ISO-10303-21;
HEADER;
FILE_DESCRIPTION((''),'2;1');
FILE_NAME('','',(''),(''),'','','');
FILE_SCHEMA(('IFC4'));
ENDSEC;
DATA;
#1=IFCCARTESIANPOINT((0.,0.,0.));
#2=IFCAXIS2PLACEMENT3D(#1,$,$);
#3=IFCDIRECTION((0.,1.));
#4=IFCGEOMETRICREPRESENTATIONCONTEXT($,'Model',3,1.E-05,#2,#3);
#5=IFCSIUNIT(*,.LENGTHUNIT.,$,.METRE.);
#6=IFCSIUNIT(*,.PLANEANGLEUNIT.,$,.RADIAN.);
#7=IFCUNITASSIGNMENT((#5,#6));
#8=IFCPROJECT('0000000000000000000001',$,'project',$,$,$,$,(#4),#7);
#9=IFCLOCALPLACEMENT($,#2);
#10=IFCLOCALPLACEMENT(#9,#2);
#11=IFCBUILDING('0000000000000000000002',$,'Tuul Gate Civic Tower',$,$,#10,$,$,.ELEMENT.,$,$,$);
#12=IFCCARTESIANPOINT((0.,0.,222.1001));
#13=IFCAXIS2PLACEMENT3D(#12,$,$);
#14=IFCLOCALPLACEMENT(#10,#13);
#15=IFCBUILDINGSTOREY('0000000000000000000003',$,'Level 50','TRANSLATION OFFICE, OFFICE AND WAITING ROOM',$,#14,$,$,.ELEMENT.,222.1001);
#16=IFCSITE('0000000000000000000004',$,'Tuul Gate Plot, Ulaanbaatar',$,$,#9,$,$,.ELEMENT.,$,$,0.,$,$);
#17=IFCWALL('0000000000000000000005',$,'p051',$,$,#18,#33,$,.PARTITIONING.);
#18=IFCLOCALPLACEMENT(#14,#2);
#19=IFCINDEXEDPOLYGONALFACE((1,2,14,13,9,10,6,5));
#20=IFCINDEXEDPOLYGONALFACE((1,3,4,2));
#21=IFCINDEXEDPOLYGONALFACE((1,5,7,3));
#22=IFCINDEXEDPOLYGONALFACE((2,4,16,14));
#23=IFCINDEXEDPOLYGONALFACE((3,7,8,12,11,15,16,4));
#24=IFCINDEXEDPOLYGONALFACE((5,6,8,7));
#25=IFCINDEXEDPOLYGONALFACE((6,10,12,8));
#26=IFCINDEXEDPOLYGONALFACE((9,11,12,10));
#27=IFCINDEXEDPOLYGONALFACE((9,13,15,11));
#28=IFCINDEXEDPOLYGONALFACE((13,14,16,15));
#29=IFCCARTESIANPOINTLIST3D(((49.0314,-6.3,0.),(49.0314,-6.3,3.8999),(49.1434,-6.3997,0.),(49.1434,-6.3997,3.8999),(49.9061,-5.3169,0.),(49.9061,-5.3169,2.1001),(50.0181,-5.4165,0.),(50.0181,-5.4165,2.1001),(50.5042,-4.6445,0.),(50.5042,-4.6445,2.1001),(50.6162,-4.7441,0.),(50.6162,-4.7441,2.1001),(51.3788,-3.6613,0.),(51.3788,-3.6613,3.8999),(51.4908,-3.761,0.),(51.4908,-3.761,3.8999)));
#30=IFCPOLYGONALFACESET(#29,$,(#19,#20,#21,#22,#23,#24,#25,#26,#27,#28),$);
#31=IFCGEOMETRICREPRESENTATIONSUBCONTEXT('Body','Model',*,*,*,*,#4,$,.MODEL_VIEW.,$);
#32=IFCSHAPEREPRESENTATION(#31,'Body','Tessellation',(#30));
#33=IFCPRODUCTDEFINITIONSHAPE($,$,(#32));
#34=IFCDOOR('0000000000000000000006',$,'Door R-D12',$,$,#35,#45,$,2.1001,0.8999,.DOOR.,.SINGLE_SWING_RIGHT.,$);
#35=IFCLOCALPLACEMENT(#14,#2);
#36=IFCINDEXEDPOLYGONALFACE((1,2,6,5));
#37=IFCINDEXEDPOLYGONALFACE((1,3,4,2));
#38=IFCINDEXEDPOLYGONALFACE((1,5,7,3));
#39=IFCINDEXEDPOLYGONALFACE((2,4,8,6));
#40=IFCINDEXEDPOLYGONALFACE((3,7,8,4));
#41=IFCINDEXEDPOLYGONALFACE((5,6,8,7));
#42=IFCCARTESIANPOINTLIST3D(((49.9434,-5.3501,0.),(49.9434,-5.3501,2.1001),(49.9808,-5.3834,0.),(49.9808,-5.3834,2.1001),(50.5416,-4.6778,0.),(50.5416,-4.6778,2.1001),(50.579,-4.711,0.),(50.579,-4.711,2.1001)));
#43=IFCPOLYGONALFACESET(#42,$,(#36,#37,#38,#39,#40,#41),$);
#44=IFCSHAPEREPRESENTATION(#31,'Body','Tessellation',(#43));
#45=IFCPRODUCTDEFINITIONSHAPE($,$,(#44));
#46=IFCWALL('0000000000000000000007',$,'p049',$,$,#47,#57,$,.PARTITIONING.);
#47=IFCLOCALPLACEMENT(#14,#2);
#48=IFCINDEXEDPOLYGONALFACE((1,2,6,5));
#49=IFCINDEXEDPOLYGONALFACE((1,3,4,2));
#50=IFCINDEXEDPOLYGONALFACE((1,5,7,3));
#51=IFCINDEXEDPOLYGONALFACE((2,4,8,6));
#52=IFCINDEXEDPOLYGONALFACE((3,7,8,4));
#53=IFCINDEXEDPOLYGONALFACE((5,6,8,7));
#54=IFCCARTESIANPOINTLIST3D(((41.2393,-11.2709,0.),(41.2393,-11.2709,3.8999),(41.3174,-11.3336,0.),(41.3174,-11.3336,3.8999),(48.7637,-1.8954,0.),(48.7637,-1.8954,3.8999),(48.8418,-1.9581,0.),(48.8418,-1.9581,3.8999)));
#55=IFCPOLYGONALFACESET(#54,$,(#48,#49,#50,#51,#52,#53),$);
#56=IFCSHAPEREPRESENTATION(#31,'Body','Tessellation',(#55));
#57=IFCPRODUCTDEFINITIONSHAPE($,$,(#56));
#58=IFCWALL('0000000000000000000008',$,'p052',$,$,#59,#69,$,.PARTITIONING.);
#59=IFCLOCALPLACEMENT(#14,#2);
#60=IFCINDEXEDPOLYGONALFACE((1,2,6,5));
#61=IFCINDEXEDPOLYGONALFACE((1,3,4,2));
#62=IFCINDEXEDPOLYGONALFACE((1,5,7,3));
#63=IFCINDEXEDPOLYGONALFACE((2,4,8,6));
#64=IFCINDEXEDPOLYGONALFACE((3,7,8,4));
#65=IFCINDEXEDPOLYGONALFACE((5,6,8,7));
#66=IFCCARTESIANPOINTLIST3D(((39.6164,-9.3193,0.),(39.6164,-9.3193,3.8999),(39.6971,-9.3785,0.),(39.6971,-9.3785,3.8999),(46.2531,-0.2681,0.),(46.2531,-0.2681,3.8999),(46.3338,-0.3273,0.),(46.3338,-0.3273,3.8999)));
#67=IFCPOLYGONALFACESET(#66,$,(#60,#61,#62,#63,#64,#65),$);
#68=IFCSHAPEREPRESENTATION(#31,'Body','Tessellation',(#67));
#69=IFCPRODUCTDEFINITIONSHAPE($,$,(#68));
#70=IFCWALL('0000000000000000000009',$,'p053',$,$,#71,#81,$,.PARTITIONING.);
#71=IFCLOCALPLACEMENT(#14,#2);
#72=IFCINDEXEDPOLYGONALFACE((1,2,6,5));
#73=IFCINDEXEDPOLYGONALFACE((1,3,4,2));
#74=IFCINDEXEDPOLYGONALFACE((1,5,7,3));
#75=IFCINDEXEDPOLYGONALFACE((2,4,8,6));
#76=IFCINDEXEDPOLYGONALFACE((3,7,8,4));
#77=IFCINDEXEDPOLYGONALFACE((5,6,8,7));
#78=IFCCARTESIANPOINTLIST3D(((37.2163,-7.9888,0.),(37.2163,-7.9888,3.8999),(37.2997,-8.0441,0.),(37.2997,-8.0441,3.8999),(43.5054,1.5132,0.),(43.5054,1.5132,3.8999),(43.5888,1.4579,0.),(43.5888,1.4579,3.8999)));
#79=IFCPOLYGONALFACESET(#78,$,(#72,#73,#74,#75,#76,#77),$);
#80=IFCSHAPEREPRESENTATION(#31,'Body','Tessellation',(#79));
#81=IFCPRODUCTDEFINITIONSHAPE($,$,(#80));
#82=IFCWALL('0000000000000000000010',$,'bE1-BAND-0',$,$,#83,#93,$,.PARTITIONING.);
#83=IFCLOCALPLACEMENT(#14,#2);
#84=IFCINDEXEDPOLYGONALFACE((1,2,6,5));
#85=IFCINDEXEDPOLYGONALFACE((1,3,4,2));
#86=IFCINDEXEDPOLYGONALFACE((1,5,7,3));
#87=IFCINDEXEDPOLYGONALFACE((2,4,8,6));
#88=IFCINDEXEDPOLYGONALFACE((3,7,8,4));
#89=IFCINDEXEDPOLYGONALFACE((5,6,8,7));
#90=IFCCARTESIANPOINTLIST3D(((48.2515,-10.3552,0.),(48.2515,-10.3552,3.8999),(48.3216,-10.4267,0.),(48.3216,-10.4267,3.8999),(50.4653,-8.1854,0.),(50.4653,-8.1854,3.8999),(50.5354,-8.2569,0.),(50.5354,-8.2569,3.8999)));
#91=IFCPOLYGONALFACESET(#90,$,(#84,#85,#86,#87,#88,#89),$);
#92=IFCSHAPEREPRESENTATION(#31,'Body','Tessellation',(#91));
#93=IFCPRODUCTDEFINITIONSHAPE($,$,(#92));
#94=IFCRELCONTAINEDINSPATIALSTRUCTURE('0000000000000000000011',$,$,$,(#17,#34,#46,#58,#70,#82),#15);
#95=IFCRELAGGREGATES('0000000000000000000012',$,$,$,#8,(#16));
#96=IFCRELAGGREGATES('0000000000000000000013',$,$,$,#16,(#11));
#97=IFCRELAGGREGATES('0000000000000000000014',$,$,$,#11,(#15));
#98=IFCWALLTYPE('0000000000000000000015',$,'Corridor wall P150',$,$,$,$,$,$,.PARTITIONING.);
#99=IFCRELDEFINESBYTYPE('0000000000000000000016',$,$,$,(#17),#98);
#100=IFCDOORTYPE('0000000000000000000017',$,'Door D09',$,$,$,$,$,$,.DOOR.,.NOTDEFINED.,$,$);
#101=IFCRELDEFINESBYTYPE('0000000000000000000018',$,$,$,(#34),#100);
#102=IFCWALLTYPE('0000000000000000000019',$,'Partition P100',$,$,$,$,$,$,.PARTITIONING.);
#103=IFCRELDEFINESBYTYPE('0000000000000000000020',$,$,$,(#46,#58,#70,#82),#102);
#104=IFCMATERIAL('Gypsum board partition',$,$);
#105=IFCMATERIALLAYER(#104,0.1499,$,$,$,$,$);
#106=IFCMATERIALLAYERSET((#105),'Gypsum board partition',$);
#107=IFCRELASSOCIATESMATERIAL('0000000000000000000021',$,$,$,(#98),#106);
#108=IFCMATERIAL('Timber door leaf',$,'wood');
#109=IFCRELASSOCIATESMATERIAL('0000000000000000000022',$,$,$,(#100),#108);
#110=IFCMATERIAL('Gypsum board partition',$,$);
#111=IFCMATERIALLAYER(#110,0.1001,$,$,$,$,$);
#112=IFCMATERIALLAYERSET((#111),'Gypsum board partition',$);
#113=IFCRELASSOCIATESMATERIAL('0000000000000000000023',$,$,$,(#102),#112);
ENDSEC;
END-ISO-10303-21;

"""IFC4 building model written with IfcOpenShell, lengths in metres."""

from ifc_helpers import new_model, si_unit, direction, frame, frame_2d, origin, place, context, subcontext, project, spatial, rectangle, extrude, material, layer, layer_set, type_object, element, fill, save


model = new_model("IFC4")

# Units and contexts
model_context = context("Model", 3, precision=1e-05, world=origin(), true_north=direction((0.0, 1.0)))
body_context = subcontext(model_context, "Body", "Model", "MODEL_VIEW")
ifc_project = project(units=[si_unit("LENGTHUNIT", "METRE"), si_unit("PLANEANGLEUNIT", "RADIAN")], contexts=[model_context])

# Site, building, storey
site_placement = place(None, origin())
site = spatial("IfcSite", under=ifc_project, at=site_placement, Name="Tuul Gate Plot, Ulaanbaatar", CompositionType="ELEMENT", RefElevation=0.0)
building_placement = place(site_placement, origin())
building = spatial("IfcBuilding", under=site, at=building_placement, Name="Tuul Gate Civic Tower", CompositionType="ELEMENT")
storey_placement = place(building_placement, frame((0.0, 0.0, 222.1001)))
storey = spatial("IfcBuildingStorey", under=building, at=storey_placement, Name="Level 50", Description="TRANSLATION OFFICE, OFFICE AND WAITING ROOM", CompositionType="ELEMENT", Elevation=222.1001)

# Shared definitions
ifc_material_1 = material(Name="Gypsum board partition")
ifc_layer_1 = layer(ifc_material_1, 0.1499)
ifc_layer_set_1 = layer_set([ifc_layer_1], Name="Gypsum board partition")
wall_type_1 = type_object("IfcWallType", Name="Corridor wall P150", PredefinedType="PARTITIONING", material=ifc_layer_set_1)

# Shared definitions
ifc_material_2 = material(Name="Timber door leaf", Category="wood")
door_type_1 = type_object("IfcDoorType", Name="Door D09", OperationType="NOTDEFINED", PredefinedType="DOOR", material=ifc_material_2)

# Wall, opening, door
wall_1_placement = place(storey_placement, frame((49.0874, -6.3499, 0.0), z_axis=(0.0, 0.0, 1.0), x_axis=(0.664668, 0.747138, 0.0)))
wall_1 = element("IfcWall", 1, at=wall_1_placement, inside=storey, type_object=wall_type_1, Name="p051", PredefinedType="PARTITIONING", context=body_context, shape_type="SweptSolid", body=[
    extrude(rectangle(XDim=3.5317, YDim=0.1499, at=frame_2d((1.7659, 0.0))), origin(), (0.0, 0.0, 1.0), 3.8999),
])
opening_1_placement = place(wall_1_placement, frame((1.3159, 0.0, 0.0)))
opening_1 = element("IfcOpeningElement", 2, at=opening_1_placement, cuts=wall_1, PredefinedType="OPENING", context=body_context, shape_type="SweptSolid", body=[
    extrude(rectangle(XDim=0.8999, YDim=2.1001, at=frame_2d((0.45, 1.05))), frame((0.0, 0.085, 0.0), z_axis=(0.0, -1.0, 0.0), x_axis=(1.0, 0.0, 0.0)), (0.0, 0.0, 1.0), 0.1699),
])
door_1_placement = place(opening_1_placement, origin())
door_1 = element("IfcDoor", 3, at=door_1_placement, inside=storey, type_object=door_type_1, Name="Door R-D12", OperationType="SINGLE_SWING_RIGHT", OverallHeight=2.1001, OverallWidth=0.8999, PredefinedType="DOOR", context=body_context, shape_type="SweptSolid", body=[
    extrude(rectangle(XDim=0.8999, YDim=2.1001, at=frame_2d((0.45, 1.05))), frame((0.0, 0.0249, 0.0), z_axis=(0.0, -1.0, 0.0), x_axis=(1.0, 0.0, 0.0)), (0.0, 0.0, 1.0), 0.05),
])
fill(opening_1, door_1)

# Walls
ifc_material_3 = material(Name="Gypsum board partition")
ifc_layer_2 = layer(ifc_material_3, 0.1001)
ifc_layer_set_2 = layer_set([ifc_layer_2], Name="Gypsum board partition")
wall_type_2 = type_object("IfcWallType", Name="Partition P100", PredefinedType="PARTITIONING", material=ifc_layer_set_2)
wall_2_placement = place(storey_placement, frame((41.2783, -11.3022, 0.0), z_axis=(0.0, 0.0, 1.0), x_axis=(0.625913, 0.779893, 0.0)))
element("IfcWall", 4, at=wall_2_placement, inside=storey, type_object=wall_type_2, Name="p049", PredefinedType="PARTITIONING", context=body_context, shape_type="SweptSolid", body=[
    extrude(rectangle(XDim=12.0215, YDim=0.1001, at=frame_2d((6.0107, 0.0))), origin(), (0.0, 0.0, 1.0), 3.8999),
])
wall_3_placement = place(storey_placement, frame((39.6567, -9.3489, 0.0), z_axis=(0.0, 0.0, 1.0), x_axis=(0.591313, 0.806442, 0.0)))
element("IfcWall", 5, at=wall_3_placement, inside=storey, type_object=wall_type_2, Name="p052", PredefinedType="PARTITIONING", context=body_context, shape_type="SweptSolid", body=[
    extrude(rectangle(XDim=11.2236, YDim=0.1001, at=frame_2d((5.6118, 0.0))), origin(), (0.0, 0.0, 1.0), 3.8999),
])
wall_4_placement = place(storey_placement, frame((37.2581, -8.0164, 0.0), z_axis=(0.0, 0.0, 1.0), x_axis=(0.551928, 0.833892, 0.0)))
element("IfcWall", 6, at=wall_4_placement, inside=storey, type_object=wall_type_2, Name="p053", PredefinedType="PARTITIONING", context=body_context, shape_type="SweptSolid", body=[
    extrude(rectangle(XDim=11.3948, YDim=0.1001, at=frame_2d((5.6973, 0.0))), origin(), (0.0, 0.0, 1.0), 3.8999),
])
wall_5_placement = place(storey_placement, frame((48.2866, -10.3909, 0.0), z_axis=(0.0, 0.0, 1.0), x_axis=(0.714159, 0.699983, 0.0)))
element("IfcWall", 7, at=wall_5_placement, inside=storey, type_object=wall_type_2, Name="bE1-BAND-0", PredefinedType="PARTITIONING", context=body_context, shape_type="SweptSolid", body=[
    extrude(rectangle(XDim=3.0999, YDim=0.1001, at=frame_2d((1.5498, 0.0))), origin(), (0.0, 0.0, 1.0), 3.8999),
])

save(model, "model.ifc")
